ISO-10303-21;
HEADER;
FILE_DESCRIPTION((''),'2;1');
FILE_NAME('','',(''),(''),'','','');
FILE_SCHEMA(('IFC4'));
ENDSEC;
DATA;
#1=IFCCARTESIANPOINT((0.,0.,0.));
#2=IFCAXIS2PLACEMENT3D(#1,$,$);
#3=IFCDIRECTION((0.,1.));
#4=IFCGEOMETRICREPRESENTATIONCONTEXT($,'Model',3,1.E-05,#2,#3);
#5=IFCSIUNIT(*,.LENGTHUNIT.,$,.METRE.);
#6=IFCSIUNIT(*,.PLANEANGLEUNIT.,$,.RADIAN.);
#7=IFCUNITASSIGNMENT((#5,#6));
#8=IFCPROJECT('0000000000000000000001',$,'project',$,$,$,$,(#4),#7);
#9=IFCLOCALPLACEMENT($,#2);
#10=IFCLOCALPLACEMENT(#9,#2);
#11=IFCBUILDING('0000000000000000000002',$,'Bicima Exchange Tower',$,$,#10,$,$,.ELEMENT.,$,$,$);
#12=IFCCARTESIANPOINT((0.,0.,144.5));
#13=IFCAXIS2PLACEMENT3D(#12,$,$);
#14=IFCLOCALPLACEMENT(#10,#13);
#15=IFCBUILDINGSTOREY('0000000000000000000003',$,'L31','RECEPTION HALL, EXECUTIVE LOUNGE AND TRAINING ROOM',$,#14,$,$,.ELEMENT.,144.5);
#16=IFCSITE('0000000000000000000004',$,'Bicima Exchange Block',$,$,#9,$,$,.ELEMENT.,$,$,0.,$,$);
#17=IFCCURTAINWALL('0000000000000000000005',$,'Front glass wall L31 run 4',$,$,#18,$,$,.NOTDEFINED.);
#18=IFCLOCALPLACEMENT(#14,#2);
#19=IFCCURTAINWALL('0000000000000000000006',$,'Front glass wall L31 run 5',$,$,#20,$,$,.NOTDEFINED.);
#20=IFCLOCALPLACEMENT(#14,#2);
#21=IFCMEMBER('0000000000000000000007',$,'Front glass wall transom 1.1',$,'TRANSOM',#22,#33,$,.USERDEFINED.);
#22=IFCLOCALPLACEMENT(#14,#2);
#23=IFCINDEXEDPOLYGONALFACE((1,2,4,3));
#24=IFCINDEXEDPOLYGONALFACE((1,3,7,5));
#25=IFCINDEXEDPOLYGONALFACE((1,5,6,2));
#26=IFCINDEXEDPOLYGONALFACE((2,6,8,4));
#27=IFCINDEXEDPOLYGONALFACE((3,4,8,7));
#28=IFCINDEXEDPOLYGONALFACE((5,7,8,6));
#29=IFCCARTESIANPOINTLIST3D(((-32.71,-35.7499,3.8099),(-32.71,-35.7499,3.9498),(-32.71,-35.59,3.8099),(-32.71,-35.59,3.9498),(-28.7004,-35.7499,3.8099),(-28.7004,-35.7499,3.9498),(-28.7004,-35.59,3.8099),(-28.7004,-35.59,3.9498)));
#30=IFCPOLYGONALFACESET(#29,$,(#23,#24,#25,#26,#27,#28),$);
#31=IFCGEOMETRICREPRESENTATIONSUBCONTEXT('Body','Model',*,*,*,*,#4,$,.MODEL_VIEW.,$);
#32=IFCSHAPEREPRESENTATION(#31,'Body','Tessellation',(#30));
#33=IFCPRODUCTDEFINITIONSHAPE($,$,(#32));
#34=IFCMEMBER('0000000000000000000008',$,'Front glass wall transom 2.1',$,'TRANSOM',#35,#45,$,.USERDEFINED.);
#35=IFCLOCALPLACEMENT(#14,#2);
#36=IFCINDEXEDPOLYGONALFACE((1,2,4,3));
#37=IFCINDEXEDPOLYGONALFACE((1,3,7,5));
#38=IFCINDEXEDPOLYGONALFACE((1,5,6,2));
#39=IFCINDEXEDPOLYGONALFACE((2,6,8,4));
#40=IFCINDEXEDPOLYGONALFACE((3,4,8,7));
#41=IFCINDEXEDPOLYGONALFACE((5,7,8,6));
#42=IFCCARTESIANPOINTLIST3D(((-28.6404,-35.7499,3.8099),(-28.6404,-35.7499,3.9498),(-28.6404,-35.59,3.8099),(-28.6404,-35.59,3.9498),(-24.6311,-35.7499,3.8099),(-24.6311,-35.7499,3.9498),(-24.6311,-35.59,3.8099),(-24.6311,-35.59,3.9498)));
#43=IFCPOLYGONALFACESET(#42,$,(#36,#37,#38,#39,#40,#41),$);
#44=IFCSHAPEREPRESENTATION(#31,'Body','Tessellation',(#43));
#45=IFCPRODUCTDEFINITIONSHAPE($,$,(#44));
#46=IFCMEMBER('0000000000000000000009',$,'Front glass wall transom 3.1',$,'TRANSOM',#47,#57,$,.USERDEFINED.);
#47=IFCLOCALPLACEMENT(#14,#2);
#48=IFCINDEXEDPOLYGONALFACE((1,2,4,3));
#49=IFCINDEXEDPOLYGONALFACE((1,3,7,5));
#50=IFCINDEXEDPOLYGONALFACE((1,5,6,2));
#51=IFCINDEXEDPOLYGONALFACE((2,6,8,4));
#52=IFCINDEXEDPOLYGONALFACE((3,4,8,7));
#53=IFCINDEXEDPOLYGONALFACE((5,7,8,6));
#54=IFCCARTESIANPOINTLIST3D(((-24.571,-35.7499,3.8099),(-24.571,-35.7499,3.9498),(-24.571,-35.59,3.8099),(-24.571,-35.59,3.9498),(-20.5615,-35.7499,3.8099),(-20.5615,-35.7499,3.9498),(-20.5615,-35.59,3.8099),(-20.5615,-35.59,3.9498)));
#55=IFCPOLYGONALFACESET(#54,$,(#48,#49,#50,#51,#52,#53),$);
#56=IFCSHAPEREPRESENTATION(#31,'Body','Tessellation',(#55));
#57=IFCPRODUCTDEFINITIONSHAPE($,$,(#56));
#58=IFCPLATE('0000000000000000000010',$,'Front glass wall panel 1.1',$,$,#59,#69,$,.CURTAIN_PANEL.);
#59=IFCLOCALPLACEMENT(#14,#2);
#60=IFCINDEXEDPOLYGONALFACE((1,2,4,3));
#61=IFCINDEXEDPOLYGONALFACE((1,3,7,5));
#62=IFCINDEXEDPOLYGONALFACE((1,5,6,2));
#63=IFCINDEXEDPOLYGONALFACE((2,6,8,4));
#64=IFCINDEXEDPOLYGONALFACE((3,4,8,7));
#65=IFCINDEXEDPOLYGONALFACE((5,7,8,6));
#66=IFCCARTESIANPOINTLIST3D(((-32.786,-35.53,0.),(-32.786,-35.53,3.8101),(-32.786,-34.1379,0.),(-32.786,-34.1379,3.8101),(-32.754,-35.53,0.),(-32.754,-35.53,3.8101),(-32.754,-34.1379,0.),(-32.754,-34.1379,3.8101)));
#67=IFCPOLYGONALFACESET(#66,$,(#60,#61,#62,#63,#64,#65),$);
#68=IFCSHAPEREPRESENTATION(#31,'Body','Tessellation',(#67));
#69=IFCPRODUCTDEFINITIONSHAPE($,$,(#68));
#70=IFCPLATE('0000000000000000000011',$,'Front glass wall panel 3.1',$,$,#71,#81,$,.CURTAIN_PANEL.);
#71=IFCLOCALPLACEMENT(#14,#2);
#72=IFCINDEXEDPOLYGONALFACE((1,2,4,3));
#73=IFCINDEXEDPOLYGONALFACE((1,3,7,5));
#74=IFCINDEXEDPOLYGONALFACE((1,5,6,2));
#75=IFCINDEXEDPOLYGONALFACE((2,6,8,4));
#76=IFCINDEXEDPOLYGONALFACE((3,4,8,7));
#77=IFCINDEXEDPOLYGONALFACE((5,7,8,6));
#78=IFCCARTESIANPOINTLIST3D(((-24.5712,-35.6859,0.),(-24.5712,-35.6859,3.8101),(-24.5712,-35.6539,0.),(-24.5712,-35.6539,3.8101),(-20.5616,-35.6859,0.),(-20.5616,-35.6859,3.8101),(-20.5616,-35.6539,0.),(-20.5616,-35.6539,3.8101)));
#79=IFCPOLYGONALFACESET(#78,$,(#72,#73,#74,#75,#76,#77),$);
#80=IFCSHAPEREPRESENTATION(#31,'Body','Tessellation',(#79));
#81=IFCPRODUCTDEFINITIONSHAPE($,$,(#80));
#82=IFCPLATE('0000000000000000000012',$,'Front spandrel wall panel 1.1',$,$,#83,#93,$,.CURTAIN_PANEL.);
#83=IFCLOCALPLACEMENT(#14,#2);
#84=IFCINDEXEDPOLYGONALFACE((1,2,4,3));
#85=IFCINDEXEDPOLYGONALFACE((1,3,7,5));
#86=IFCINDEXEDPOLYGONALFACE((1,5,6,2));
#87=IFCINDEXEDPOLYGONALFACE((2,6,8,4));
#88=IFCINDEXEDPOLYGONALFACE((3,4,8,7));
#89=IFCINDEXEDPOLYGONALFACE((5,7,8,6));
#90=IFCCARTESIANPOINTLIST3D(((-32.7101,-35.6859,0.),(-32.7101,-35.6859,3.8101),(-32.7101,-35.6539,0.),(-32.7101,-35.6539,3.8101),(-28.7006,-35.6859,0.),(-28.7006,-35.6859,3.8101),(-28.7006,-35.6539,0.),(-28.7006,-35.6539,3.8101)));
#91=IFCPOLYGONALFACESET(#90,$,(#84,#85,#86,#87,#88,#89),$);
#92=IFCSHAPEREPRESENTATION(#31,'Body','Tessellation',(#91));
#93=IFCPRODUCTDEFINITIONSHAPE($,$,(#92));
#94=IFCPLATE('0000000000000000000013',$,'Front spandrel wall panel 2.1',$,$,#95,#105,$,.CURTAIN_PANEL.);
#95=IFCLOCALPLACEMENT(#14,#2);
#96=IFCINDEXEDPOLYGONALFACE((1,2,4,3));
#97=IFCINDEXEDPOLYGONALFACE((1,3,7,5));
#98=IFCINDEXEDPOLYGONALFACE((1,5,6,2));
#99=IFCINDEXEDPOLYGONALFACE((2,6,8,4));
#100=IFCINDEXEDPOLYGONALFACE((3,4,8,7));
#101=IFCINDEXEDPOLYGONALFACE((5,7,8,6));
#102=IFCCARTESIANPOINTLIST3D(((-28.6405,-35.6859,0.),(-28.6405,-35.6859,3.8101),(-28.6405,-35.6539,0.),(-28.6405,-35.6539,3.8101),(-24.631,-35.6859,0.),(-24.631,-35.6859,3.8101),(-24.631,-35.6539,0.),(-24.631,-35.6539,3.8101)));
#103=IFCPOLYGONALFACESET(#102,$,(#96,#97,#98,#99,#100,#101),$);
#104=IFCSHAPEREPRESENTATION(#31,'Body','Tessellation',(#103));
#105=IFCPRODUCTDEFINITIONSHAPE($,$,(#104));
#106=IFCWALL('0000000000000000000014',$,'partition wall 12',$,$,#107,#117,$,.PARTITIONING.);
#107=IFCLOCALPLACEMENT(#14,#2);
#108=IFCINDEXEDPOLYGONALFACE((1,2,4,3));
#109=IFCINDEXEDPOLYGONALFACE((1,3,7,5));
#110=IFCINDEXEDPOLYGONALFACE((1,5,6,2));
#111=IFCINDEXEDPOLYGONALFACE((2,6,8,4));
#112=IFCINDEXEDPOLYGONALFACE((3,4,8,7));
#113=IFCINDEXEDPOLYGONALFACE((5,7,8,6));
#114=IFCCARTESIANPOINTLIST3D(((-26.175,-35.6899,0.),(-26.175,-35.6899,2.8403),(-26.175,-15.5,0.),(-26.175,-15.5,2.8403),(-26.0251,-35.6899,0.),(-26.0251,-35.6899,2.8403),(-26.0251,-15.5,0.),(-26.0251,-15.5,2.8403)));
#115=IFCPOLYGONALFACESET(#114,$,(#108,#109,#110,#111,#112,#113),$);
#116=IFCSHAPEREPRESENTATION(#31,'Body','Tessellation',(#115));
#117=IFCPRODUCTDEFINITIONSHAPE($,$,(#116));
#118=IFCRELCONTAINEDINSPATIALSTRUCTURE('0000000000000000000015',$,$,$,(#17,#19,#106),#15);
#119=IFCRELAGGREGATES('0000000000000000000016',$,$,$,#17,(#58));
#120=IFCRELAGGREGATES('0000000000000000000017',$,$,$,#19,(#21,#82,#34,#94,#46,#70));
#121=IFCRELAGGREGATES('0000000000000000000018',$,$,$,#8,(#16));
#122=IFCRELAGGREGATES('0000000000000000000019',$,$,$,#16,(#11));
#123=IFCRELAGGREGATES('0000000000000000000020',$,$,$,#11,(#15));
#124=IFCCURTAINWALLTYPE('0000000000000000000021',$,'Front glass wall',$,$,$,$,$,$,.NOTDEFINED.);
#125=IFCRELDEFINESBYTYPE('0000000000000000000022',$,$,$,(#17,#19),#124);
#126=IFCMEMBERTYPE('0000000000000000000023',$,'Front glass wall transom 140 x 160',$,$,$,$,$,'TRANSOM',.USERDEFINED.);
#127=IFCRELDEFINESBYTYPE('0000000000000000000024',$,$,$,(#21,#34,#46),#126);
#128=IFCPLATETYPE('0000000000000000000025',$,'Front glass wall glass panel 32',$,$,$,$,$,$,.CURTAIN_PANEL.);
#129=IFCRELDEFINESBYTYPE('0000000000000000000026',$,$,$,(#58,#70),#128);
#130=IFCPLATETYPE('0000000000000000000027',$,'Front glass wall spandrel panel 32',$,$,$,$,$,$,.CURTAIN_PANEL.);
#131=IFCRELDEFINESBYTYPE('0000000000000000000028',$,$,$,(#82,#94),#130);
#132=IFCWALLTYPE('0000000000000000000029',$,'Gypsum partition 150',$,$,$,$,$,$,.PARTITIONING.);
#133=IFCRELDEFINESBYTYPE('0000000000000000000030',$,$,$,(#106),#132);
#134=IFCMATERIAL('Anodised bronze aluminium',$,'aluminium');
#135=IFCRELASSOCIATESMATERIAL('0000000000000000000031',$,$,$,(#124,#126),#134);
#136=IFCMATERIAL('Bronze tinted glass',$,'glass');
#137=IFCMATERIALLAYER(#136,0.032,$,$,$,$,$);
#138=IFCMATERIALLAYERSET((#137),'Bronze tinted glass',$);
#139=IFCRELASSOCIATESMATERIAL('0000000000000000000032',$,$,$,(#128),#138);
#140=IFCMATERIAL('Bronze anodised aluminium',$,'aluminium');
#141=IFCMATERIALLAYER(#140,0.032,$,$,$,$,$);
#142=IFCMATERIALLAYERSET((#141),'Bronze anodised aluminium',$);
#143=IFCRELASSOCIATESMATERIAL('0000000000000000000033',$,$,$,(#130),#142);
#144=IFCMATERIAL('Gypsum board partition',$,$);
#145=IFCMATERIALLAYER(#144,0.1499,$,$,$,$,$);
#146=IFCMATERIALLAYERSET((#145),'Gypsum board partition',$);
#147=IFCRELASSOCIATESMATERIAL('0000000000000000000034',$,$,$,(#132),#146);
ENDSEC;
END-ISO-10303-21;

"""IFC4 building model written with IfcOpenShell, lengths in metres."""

from ifc_helpers import new_model, si_unit, direction, frame, frame_2d, origin, origin_2d, place, context, subcontext, project, spatial, rectangle, extrude, material, layer, layer_set, material_profile, profile_set, type_object, element, aggregate, save


model = new_model("IFC4")

# Units and contexts
model_context = context("Model", 3, precision=1e-05, world=origin(), true_north=direction((0.0, 1.0)))
body_context = subcontext(model_context, "Body", "Model", "MODEL_VIEW")
ifc_project = project(units=[si_unit("LENGTHUNIT", "METRE"), si_unit("PLANEANGLEUNIT", "RADIAN")], contexts=[model_context])

# Site, building, storey
site_placement = place(None, origin())
site = spatial("IfcSite", under=ifc_project, at=site_placement, Name="Bicima Exchange Block", CompositionType="ELEMENT", RefElevation=0.0)
building_placement = place(site_placement, origin())
building = spatial("IfcBuilding", under=site, at=building_placement, Name="Bicima Exchange Tower", CompositionType="ELEMENT")
storey_placement = place(building_placement, frame((0.0, 0.0, 144.5)))
storey = spatial("IfcBuildingStorey", under=building, at=storey_placement, Name="L31", Description="RECEPTION HALL, EXECUTIVE LOUNGE AND TRAINING ROOM", CompositionType="ELEMENT", Elevation=144.5)

# Curtain walls
ifc_material_1 = material(Name="Anodised bronze aluminium", Category="aluminium")
curtain_wall_type = type_object("IfcCurtainWallType", Name="Front glass wall", PredefinedType="NOTDEFINED", material=ifc_material_1)
curtain_wall_1_placement = place(storey_placement, origin())
curtain_wall_1 = element("IfcCurtainWall", 1, at=curtain_wall_1_placement, inside=storey, type_object=curtain_wall_type, Name="Front glass wall L31 run 4", PredefinedType="NOTDEFINED")
curtain_wall_2_placement = place(storey_placement, origin())
curtain_wall_2 = element("IfcCurtainWall", 2, at=curtain_wall_2_placement, inside=storey, type_object=curtain_wall_type, Name="Front glass wall L31 run 5", PredefinedType="NOTDEFINED")

# Members
ifc_material_profile_1 = material_profile(ifc_material_1, rectangle(XDim=0.1599, YDim=0.1399, at=origin_2d()))
ifc_profile_set_1 = profile_set([ifc_material_profile_1], Name="Anodised bronze aluminium")
member_type_1 = type_object("IfcMemberType", Name="Front glass wall transom 140 x 160", ElementType="TRANSOM", PredefinedType="USERDEFINED", material=ifc_profile_set_1)
member_1_placement = place(storey_placement, frame((-32.71, -35.6699, 3.8799), z_axis=(1.0, 0.0, 0.0), x_axis=(0.0, 1.0, 0.0)))
member_1 = element("IfcMember", 3, at=member_1_placement, type_object=member_type_1, Name="Front glass wall transom 1.1", ObjectType="TRANSOM", PredefinedType="USERDEFINED", context=body_context, shape_type="SweptSolid", body=[
    extrude(rectangle(XDim=0.1599, YDim=0.1399, at=origin_2d()), origin(), (0.0, 0.0, 1.0), 4.0095),
])
member_2_placement = place(storey_placement, frame((-28.6404, -35.6699, 3.8799), z_axis=(1.0, 0.0, 0.0), x_axis=(0.0, 1.0, 0.0)))
member_2 = element("IfcMember", 4, at=member_2_placement, type_object=member_type_1, Name="Front glass wall transom 2.1", ObjectType="TRANSOM", PredefinedType="USERDEFINED", context=body_context, shape_type="SweptSolid", body=[
    extrude(rectangle(XDim=0.1599, YDim=0.1399, at=origin_2d()), origin(), (0.0, 0.0, 1.0), 4.0093),
])
member_3_placement = place(storey_placement, frame((-24.571, -35.6699, 3.8799), z_axis=(1.0, 0.0, 0.0), x_axis=(0.0, 1.0, 0.0)))
member_3 = element("IfcMember", 5, at=member_3_placement, type_object=member_type_1, Name="Front glass wall transom 3.1", ObjectType="TRANSOM", PredefinedType="USERDEFINED", context=body_context, shape_type="SweptSolid", body=[
    extrude(rectangle(XDim=0.1599, YDim=0.1399, at=origin_2d()), origin(), (0.0, 0.0, 1.0), 4.0095),
])

# Plates
ifc_material_2 = material(Name="Bronze tinted glass", Category="glass")
ifc_layer_1 = layer(ifc_material_2, 0.032)
ifc_layer_set_1 = layer_set([ifc_layer_1], Name="Bronze tinted glass")
plate_type_1 = type_object("IfcPlateType", Name="Front glass wall glass panel 32", PredefinedType="CURTAIN_PANEL", material=ifc_layer_set_1)
plate_1_placement = place(storey_placement, frame((-32.77, -34.834, 0.0), z_axis=(0.0, 0.0, 1.0), x_axis=(0.0, -1.0, 0.0)))
plate_1 = element("IfcPlate", 6, at=plate_1_placement, type_object=plate_type_1, Name="Front glass wall panel 1.1", PredefinedType="CURTAIN_PANEL", context=body_context, shape_type="SweptSolid", body=[
    extrude(rectangle(XDim=1.3921, YDim=0.032, at=origin_2d()), origin(), (0.0, 0.0, 1.0), 3.8101),
])
aggregate(curtain_wall_1, [plate_1])
plate_2_placement = place(storey_placement, frame((-22.5664, -35.6699, 0.0), z_axis=(0.0, 0.0, 1.0), x_axis=(1.0, 0.0, 0.0)))
plate_2 = element("IfcPlate", 7, at=plate_2_placement, type_object=plate_type_1, Name="Front glass wall panel 3.1", PredefinedType="CURTAIN_PANEL", context=body_context, shape_type="SweptSolid", body=[
    extrude(rectangle(XDim=4.0095, YDim=0.032, at=origin_2d()), origin(), (0.0, 0.0, 1.0), 3.8101),
])
ifc_material_3 = material(Name="Bronze anodised aluminium", Category="aluminium")
ifc_layer_2 = layer(ifc_material_3, 0.032)
ifc_layer_set_2 = layer_set([ifc_layer_2], Name="Bronze anodised aluminium")
plate_type_2 = type_object("IfcPlateType", Name="Front glass wall spandrel panel 32", PredefinedType="CURTAIN_PANEL", material=ifc_layer_set_2)
plate_3_placement = place(storey_placement, frame((-30.7053, -35.6699, 0.0), z_axis=(0.0, 0.0, 1.0), x_axis=(1.0, 0.0, 0.0)))
plate_3 = element("IfcPlate", 8, at=plate_3_placement, type_object=plate_type_2, Name="Front spandrel wall panel 1.1", PredefinedType="CURTAIN_PANEL", context=body_context, shape_type="SweptSolid", body=[
    extrude(rectangle(XDim=4.0095, YDim=0.032, at=origin_2d()), origin(), (0.0, 0.0, 1.0), 3.8101),
])
plate_4_placement = place(storey_placement, frame((-26.6357, -35.6699, 0.0), z_axis=(0.0, 0.0, 1.0), x_axis=(1.0, 0.0, 0.0)))
plate_4 = element("IfcPlate", 9, at=plate_4_placement, type_object=plate_type_2, Name="Front spandrel wall panel 2.1", PredefinedType="CURTAIN_PANEL", context=body_context, shape_type="SweptSolid", body=[
    extrude(rectangle(XDim=4.0095, YDim=0.032, at=origin_2d()), origin(), (0.0, 0.0, 1.0), 3.8101),
])
aggregate(curtain_wall_2, [member_1, plate_3, member_2, plate_4, member_3, plate_2])

# Wall
ifc_material_4 = material(Name="Gypsum board partition")
ifc_layer_3 = layer(ifc_material_4, 0.1499)
ifc_layer_set_3 = layer_set([ifc_layer_3], Name="Gypsum board partition")
wall_type = type_object("IfcWallType", Name="Gypsum partition 150", PredefinedType="PARTITIONING", material=ifc_layer_set_3)
wall_placement = place(storey_placement, frame((-26.1001, -35.6899, 0.0), z_axis=(0.0, 0.0, 1.0), x_axis=(0.0, 1.0, 0.0)))
element("IfcWall", 10, at=wall_placement, inside=storey, type_object=wall_type, Name="partition wall 12", PredefinedType="PARTITIONING", context=body_context, shape_type="SweptSolid", body=[
    extrude(rectangle(XDim=20.1899, YDim=0.1499, at=frame_2d((10.095, 0.0))), origin(), (0.0, 0.0, 1.0), 2.8403),
])

save(model, "model.ifc")
